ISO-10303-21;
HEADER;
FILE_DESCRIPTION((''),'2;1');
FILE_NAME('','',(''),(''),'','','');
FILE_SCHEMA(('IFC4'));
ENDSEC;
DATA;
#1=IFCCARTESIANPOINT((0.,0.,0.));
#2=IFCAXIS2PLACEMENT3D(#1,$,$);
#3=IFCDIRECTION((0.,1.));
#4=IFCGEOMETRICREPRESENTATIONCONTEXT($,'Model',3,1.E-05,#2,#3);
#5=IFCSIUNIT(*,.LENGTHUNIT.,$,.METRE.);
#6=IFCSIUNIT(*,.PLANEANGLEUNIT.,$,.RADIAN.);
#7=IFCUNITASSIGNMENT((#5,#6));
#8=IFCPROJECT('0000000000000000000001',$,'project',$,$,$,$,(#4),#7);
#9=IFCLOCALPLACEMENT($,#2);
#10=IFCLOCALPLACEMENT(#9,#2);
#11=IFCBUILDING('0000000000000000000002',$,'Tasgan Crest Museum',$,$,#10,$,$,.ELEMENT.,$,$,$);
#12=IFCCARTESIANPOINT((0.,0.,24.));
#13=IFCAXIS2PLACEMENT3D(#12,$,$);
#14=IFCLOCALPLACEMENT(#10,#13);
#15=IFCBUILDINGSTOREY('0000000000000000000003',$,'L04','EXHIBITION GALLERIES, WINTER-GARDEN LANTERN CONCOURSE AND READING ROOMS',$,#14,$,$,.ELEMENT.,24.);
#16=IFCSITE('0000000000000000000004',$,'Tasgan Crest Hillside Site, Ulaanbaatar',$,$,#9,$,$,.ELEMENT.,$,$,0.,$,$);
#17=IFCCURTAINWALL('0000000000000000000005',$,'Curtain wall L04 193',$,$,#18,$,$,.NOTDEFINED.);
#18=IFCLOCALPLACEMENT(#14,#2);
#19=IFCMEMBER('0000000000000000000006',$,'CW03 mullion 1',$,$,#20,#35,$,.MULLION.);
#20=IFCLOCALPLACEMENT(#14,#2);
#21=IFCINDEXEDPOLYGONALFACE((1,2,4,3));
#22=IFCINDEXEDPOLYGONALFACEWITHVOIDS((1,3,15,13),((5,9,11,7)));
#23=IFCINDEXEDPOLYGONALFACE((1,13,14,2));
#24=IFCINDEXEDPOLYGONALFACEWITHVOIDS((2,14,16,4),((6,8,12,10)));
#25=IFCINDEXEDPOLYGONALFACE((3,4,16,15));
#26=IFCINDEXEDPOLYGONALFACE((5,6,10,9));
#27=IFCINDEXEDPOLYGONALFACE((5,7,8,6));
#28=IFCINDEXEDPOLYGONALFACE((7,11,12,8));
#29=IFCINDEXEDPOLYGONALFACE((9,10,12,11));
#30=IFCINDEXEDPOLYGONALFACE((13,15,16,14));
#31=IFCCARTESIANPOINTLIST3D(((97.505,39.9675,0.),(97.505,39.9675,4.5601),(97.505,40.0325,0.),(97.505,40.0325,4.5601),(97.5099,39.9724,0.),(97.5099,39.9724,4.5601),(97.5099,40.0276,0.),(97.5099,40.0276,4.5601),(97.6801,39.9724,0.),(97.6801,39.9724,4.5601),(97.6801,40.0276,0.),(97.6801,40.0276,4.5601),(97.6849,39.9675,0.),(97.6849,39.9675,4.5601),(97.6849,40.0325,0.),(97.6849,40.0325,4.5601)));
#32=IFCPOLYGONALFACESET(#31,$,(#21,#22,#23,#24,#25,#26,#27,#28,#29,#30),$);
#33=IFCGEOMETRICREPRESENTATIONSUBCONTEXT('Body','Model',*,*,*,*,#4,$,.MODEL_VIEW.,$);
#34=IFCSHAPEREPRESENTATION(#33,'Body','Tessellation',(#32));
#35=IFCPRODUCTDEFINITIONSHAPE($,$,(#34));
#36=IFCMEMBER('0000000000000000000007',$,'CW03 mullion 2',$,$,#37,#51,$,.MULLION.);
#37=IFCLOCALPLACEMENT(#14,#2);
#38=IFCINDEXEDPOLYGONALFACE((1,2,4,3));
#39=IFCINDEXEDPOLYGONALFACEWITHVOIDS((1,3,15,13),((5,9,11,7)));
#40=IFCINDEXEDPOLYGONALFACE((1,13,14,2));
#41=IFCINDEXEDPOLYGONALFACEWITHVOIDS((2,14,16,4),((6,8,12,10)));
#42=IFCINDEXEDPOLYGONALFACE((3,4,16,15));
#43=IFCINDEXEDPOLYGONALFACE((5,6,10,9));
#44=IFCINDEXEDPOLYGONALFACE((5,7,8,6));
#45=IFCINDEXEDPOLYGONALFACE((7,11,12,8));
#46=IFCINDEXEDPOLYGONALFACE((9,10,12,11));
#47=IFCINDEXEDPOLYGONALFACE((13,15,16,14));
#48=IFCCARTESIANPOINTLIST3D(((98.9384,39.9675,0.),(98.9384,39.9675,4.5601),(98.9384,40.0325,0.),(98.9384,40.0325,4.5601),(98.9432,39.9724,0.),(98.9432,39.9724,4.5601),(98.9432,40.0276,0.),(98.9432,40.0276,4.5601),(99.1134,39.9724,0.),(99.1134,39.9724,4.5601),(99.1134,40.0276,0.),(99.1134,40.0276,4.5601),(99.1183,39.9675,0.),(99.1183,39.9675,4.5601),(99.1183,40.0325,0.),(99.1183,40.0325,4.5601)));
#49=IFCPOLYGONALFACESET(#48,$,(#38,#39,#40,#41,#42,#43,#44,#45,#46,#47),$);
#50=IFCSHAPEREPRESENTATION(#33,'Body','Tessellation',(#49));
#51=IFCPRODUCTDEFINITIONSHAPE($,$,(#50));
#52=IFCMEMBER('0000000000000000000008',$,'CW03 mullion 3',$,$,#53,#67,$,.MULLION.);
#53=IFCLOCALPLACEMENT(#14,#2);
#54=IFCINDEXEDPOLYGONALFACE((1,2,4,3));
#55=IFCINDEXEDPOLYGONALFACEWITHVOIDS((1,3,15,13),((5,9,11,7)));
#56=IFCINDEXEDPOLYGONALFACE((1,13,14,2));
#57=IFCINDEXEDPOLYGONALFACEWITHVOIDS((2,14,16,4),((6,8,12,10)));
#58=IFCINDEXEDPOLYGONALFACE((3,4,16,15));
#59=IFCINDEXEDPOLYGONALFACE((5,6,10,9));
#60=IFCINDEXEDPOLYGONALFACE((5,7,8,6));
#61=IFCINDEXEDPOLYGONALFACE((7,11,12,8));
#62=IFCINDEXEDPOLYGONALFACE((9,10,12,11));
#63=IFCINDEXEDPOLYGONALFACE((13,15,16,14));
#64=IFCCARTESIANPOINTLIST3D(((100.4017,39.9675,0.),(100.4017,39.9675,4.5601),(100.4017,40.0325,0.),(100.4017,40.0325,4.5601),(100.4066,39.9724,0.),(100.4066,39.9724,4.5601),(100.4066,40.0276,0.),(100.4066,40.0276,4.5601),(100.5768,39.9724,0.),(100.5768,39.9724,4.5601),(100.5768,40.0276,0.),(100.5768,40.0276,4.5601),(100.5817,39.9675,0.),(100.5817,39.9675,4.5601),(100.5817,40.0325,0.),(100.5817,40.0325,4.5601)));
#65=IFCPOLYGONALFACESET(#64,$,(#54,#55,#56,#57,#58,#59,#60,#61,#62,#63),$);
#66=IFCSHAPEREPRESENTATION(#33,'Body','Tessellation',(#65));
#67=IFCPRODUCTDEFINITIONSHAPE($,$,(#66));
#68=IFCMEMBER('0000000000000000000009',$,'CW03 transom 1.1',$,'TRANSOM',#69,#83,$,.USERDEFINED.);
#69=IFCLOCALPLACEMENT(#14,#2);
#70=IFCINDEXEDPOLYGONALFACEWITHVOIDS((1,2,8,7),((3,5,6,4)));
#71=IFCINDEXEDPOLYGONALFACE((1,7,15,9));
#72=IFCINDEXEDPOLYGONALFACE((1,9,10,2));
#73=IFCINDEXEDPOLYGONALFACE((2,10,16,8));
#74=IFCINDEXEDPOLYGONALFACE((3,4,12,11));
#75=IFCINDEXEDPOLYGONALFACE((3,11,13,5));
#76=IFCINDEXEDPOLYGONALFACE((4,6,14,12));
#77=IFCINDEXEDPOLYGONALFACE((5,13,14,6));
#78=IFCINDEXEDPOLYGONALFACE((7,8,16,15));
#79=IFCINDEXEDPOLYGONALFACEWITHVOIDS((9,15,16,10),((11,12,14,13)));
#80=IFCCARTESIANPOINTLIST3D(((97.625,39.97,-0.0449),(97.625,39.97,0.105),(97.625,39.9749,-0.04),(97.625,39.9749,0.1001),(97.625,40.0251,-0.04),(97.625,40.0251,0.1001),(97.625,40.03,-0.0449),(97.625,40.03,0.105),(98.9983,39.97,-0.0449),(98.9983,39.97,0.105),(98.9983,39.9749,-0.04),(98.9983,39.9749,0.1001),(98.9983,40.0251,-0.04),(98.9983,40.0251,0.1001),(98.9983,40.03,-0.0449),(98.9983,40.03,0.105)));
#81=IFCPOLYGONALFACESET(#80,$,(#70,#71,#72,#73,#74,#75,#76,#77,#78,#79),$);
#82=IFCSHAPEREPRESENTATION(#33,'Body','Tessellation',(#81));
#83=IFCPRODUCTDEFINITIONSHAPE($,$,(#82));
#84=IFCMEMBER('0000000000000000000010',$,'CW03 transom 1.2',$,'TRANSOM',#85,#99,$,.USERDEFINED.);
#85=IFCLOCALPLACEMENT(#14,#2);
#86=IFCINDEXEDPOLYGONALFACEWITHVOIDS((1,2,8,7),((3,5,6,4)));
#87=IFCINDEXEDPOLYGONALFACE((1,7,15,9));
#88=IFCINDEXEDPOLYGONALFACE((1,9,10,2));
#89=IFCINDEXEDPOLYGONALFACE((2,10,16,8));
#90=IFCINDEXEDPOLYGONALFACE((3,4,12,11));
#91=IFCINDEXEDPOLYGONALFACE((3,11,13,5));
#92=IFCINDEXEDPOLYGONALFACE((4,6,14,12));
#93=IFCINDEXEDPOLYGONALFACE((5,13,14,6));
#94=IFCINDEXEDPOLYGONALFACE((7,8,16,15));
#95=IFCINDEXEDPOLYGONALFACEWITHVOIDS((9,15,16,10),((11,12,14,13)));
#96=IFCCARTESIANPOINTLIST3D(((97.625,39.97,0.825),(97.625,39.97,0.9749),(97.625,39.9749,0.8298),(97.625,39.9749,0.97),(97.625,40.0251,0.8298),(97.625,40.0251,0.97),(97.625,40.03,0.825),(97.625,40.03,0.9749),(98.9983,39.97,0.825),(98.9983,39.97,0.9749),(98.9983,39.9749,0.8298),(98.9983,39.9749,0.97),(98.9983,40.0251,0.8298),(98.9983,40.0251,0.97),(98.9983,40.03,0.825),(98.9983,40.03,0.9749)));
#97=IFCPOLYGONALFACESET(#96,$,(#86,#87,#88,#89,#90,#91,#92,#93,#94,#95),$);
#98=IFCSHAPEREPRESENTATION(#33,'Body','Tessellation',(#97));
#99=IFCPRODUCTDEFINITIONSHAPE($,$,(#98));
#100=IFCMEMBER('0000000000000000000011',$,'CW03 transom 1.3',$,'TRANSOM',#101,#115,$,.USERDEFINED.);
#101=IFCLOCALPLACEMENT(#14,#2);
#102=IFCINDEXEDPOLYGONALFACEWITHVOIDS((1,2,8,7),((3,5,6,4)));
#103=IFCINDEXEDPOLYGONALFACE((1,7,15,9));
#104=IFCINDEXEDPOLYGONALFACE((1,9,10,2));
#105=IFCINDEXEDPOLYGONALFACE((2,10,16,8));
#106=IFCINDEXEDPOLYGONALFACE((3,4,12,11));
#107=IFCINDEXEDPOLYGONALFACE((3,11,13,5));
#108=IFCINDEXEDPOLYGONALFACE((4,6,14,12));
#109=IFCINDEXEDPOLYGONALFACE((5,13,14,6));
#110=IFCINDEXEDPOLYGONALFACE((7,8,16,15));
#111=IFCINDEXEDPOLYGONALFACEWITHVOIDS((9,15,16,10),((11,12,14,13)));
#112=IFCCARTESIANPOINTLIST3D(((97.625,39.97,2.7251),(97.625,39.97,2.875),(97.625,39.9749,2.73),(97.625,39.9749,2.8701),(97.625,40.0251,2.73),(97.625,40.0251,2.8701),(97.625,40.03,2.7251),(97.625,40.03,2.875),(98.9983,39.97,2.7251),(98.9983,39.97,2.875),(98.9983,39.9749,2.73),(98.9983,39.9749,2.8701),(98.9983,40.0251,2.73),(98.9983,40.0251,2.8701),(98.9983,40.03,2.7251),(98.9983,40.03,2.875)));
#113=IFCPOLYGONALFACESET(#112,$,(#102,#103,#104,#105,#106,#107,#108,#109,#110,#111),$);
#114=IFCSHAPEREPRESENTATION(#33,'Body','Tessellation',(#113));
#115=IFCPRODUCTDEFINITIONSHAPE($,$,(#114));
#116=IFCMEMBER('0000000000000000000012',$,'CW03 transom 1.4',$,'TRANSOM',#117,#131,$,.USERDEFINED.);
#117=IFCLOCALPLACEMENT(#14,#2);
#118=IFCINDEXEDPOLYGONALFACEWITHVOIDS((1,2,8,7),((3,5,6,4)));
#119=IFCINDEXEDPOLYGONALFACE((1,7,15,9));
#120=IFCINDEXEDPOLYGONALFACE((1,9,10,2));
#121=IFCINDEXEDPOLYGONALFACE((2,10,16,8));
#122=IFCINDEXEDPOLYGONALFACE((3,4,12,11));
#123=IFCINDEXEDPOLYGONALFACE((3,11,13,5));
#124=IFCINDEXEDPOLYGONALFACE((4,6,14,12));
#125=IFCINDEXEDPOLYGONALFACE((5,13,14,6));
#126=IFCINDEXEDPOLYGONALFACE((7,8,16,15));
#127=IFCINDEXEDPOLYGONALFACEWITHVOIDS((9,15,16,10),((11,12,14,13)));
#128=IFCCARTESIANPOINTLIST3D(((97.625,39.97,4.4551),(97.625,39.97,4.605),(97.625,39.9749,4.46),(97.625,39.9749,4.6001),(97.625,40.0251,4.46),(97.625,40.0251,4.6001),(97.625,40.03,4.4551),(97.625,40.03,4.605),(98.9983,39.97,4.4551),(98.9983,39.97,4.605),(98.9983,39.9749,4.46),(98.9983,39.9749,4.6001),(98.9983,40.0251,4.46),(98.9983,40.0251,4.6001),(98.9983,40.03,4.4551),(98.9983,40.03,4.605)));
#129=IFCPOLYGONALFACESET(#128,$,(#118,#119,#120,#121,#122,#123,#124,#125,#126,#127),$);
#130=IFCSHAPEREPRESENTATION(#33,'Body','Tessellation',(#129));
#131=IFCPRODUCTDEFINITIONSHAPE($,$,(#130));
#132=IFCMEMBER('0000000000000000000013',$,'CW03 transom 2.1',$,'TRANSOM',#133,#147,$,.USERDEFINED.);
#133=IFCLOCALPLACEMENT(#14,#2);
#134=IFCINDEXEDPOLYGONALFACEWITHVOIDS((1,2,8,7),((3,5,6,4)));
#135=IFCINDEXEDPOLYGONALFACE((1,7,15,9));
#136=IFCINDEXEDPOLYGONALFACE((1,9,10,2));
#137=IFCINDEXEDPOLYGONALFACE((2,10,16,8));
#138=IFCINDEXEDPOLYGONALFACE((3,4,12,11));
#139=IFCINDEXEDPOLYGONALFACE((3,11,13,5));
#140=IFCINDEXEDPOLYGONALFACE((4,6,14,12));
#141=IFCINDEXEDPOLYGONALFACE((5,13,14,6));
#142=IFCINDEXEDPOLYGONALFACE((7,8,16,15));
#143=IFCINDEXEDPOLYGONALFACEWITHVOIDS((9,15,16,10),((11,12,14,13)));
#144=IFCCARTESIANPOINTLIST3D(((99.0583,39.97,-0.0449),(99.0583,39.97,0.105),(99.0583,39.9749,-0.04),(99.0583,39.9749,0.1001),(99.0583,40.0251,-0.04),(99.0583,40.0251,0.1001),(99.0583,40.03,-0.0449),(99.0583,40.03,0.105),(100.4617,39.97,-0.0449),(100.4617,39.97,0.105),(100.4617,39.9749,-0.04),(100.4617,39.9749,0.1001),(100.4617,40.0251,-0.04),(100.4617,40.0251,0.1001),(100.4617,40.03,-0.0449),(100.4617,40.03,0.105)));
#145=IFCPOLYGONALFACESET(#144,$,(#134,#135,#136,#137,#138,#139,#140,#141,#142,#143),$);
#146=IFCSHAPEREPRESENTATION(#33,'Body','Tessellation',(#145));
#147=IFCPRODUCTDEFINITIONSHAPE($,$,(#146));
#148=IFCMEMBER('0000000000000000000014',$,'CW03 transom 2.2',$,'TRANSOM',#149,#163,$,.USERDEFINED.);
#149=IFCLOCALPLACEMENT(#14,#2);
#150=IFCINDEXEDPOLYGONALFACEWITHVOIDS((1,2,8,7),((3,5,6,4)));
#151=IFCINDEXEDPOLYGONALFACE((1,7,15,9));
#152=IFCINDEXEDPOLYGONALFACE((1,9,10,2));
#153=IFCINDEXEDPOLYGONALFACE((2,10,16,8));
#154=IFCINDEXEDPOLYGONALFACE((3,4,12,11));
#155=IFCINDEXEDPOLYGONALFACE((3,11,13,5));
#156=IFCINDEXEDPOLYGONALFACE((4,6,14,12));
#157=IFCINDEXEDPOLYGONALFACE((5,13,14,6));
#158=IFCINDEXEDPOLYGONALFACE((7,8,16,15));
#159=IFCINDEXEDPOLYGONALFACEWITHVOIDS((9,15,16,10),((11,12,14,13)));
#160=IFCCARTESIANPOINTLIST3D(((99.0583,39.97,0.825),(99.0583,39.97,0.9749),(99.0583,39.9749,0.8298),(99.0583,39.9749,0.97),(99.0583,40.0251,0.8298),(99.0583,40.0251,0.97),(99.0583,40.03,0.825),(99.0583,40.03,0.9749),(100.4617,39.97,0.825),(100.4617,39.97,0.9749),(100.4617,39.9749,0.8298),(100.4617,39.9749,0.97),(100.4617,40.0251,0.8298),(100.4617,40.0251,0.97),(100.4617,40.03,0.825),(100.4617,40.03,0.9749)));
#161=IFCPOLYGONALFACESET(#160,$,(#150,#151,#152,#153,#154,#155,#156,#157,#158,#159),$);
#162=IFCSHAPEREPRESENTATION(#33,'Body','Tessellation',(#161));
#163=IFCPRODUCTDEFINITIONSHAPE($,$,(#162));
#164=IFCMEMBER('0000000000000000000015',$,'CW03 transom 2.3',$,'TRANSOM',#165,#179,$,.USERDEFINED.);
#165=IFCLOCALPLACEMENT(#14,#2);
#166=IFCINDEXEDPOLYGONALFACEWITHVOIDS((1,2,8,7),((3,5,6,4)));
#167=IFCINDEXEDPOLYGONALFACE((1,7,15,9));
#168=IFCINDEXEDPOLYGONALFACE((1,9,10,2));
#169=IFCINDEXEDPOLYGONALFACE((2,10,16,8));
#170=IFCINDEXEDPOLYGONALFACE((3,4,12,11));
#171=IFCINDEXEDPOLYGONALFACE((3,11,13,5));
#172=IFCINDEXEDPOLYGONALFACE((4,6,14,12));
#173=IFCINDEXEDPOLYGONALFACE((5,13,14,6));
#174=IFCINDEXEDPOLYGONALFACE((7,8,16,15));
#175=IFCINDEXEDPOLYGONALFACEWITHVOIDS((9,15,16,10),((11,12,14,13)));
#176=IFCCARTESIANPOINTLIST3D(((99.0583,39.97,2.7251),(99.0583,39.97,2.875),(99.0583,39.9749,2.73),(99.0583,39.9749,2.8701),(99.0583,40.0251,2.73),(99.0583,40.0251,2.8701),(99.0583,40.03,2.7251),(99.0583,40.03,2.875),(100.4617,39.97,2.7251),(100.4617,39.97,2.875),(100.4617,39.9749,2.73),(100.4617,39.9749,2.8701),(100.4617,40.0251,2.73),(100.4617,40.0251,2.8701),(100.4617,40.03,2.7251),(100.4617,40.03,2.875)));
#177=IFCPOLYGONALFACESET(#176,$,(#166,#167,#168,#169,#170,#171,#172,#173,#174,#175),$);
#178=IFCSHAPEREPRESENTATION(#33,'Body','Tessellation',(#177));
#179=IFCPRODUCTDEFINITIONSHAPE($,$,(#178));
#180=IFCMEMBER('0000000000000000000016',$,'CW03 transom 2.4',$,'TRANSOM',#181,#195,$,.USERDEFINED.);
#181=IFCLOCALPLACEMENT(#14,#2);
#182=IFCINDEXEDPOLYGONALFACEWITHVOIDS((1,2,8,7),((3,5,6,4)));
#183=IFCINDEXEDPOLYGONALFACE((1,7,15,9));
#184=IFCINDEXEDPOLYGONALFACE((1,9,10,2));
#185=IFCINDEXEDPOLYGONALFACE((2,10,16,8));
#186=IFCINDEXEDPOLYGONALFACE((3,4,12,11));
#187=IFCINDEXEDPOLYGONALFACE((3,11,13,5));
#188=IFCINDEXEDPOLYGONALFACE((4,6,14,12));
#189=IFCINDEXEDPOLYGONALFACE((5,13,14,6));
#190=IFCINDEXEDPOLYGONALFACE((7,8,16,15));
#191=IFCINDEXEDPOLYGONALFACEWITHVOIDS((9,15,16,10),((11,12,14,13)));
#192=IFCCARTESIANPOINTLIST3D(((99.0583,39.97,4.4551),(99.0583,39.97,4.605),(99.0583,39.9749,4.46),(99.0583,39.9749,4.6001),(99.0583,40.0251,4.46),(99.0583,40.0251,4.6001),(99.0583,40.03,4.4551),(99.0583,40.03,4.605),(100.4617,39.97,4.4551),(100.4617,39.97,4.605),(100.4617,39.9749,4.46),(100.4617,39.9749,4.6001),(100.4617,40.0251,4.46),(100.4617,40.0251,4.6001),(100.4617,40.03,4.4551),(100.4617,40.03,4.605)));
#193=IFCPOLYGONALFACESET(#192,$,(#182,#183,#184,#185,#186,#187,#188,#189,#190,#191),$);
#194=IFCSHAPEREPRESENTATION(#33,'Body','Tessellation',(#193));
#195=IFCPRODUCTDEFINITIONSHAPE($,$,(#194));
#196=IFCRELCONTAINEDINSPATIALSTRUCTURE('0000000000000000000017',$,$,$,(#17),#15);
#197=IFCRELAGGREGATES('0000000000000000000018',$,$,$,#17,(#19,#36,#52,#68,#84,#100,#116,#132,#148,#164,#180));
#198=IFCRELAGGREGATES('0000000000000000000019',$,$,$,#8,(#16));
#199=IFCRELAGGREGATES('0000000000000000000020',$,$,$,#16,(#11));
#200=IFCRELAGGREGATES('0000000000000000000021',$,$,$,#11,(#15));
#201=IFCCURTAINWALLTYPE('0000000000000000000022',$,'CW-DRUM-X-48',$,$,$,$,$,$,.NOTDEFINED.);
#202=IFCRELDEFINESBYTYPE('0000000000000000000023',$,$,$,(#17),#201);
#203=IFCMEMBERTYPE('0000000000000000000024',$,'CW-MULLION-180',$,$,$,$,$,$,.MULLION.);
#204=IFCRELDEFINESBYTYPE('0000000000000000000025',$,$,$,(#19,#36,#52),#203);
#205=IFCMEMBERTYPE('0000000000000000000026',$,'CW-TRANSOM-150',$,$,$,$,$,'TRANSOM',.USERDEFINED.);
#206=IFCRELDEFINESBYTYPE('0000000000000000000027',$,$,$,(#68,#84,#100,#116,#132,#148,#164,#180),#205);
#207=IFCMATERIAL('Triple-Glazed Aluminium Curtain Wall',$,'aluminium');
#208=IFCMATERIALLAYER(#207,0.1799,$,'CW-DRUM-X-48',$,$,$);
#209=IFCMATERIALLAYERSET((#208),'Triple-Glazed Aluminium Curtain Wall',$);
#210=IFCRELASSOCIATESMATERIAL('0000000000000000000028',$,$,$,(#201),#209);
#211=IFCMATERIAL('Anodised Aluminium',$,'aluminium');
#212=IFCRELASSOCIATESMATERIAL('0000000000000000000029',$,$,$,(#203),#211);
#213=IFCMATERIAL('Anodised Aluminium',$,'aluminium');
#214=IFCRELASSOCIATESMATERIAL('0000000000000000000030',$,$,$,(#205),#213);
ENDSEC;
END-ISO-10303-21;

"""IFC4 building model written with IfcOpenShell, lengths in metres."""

from ifc_helpers import new_model, si_unit, direction, frame, origin, origin_2d, place, context, subcontext, project, spatial, hollow_rectangle, extrude, material, layer, layer_set, material_profile, profile_set, type_object, element, aggregate, save


model = new_model("IFC4")

# Units and contexts
model_context = context("Model", 3, precision=1e-05, world=origin(), true_north=direction((0.0, 1.0)))
body_context = subcontext(model_context, "Body", "Model", "MODEL_VIEW")
ifc_project = project(units=[si_unit("LENGTHUNIT", "METRE"), si_unit("PLANEANGLEUNIT", "RADIAN")], contexts=[model_context])

# Site, building, storey
site_placement = place(None, origin())
site = spatial("IfcSite", under=ifc_project, at=site_placement, Name="Tasgan Crest Hillside Site, Ulaanbaatar", CompositionType="ELEMENT", RefElevation=0.0)
building_placement = place(site_placement, origin())
building = spatial("IfcBuilding", under=site, at=building_placement, Name="Tasgan Crest Museum", CompositionType="ELEMENT")
storey_placement = place(building_placement, frame((0.0, 0.0, 24.0)))
storey = spatial("IfcBuildingStorey", under=building, at=storey_placement, Name="L04", Description="EXHIBITION GALLERIES, WINTER-GARDEN LANTERN CONCOURSE AND READING ROOMS", CompositionType="ELEMENT", Elevation=24.0)

# Shared definitions
ifc_material_1 = material(Name="Triple-Glazed Aluminium Curtain Wall", Category="aluminium")
ifc_layer_1 = layer(ifc_material_1, 0.1799, Name="CW-DRUM-X-48")
ifc_layer_set_1 = layer_set([ifc_layer_1], Name="Triple-Glazed Aluminium Curtain Wall")
curtain_wall_type = type_object("IfcCurtainWallType", Name="CW-DRUM-X-48", PredefinedType="NOTDEFINED", material=ifc_layer_set_1)
ifc_material_2 = material(Name="Anodised Aluminium", Category="aluminium")
ifc_material_profile_1 = material_profile(ifc_material_2, hollow_rectangle(XDim=0.0649, YDim=0.1799, WallThickness=0.0049, at=origin_2d()), Name="ALU MULLION 180x65x5")
ifc_profile_set_1 = profile_set([ifc_material_profile_1], Name="Anodised Aluminium")
member_type_1 = type_object("IfcMemberType", Name="CW-MULLION-180", PredefinedType="MULLION", material=ifc_profile_set_1)

# Curtain wall, members
curtain_wall_1_placement = place(storey_placement, origin())
curtain_wall_1 = element("IfcCurtainWall", 1, at=curtain_wall_1_placement, inside=storey, type_object=curtain_wall_type, Name="Curtain wall L04 193", PredefinedType="NOTDEFINED")
member_1_placement = place(storey_placement, frame((97.595, 40.0, 0.0), z_axis=(0.0, 0.0, 1.0), x_axis=(0.0, 1.0, 0.0)))
member_1 = element("IfcMember", 2, at=member_1_placement, type_object=member_type_1, Name="CW03 mullion 1", PredefinedType="MULLION", context=body_context, shape_type="SweptSolid", body=[
    extrude(hollow_rectangle(XDim=0.0649, YDim=0.1799, WallThickness=0.0049, at=origin_2d()), origin(), (0.0, 0.0, 1.0), 4.5601),
])
member_2_placement = place(storey_placement, frame((99.0283, 40.0, 0.0), z_axis=(0.0, 0.0, 1.0), x_axis=(0.0, 1.0, 0.0)))
member_2 = element("IfcMember", 3, at=member_2_placement, type_object=member_type_1, Name="CW03 mullion 2", PredefinedType="MULLION", context=body_context, shape_type="SweptSolid", body=[
    extrude(hollow_rectangle(XDim=0.0649, YDim=0.1799, WallThickness=0.0049, at=origin_2d()), origin(), (0.0, 0.0, 1.0), 4.5601),
])
member_3_placement = place(storey_placement, frame((100.4917, 40.0, 0.0), z_axis=(0.0, 0.0, 1.0), x_axis=(0.0, 1.0, 0.0)))
member_3 = element("IfcMember", 4, at=member_3_placement, type_object=member_type_1, Name="CW03 mullion 3", PredefinedType="MULLION", context=body_context, shape_type="SweptSolid", body=[
    extrude(hollow_rectangle(XDim=0.0649, YDim=0.1799, WallThickness=0.0049, at=origin_2d()), origin(), (0.0, 0.0, 1.0), 4.5601),
])
ifc_material_3 = material(Name="Anodised Aluminium", Category="aluminium")
ifc_material_profile_2 = material_profile(ifc_material_3, hollow_rectangle(XDim=0.0601, YDim=0.1499, WallThickness=0.0049, at=origin_2d()), Name="ALU TRANSOM 150x60x5")
ifc_profile_set_2 = profile_set([ifc_material_profile_2], Name="Anodised Aluminium")
member_type_2 = type_object("IfcMemberType", Name="CW-TRANSOM-150", ElementType="TRANSOM", PredefinedType="USERDEFINED", material=ifc_profile_set_2)
member_4_placement = place(storey_placement, frame((97.625, 40.0, 0.03), z_axis=(1.0, 0.0, 0.0), x_axis=(0.0, 1.0, 0.0)))
member_4 = element("IfcMember", 5, at=member_4_placement, type_object=member_type_2, Name="CW03 transom 1.1", ObjectType="TRANSOM", PredefinedType="USERDEFINED", context=body_context, shape_type="SweptSolid", body=[
    extrude(hollow_rectangle(XDim=0.0601, YDim=0.1499, WallThickness=0.0049, at=origin_2d()), origin(), (0.0, 0.0, 1.0), 1.3733),
])
member_5_placement = place(storey_placement, frame((97.625, 40.0, 0.8999), z_axis=(1.0, 0.0, 0.0), x_axis=(0.0, 1.0, 0.0)))
member_5 = element("IfcMember", 6, at=member_5_placement, type_object=member_type_2, Name="CW03 transom 1.2", ObjectType="TRANSOM", PredefinedType="USERDEFINED", context=body_context, shape_type="SweptSolid", body=[
    extrude(hollow_rectangle(XDim=0.0601, YDim=0.1499, WallThickness=0.0049, at=origin_2d()), origin(), (0.0, 0.0, 1.0), 1.3733),
])
member_6_placement = place(storey_placement, frame((97.625, 40.0, 2.8), z_axis=(1.0, 0.0, 0.0), x_axis=(0.0, 1.0, 0.0)))
member_6 = element("IfcMember", 7, at=member_6_placement, type_object=member_type_2, Name="CW03 transom 1.3", ObjectType="TRANSOM", PredefinedType="USERDEFINED", context=body_context, shape_type="SweptSolid", body=[
    extrude(hollow_rectangle(XDim=0.0601, YDim=0.1499, WallThickness=0.0049, at=origin_2d()), origin(), (0.0, 0.0, 1.0), 1.3733),
])
member_7_placement = place(storey_placement, frame((97.625, 40.0, 4.53), z_axis=(1.0, 0.0, 0.0), x_axis=(0.0, 1.0, 0.0)))
member_7 = element("IfcMember", 8, at=member_7_placement, type_object=member_type_2, Name="CW03 transom 1.4", ObjectType="TRANSOM", PredefinedType="USERDEFINED", context=body_context, shape_type="SweptSolid", body=[
    extrude(hollow_rectangle(XDim=0.0601, YDim=0.1499, WallThickness=0.0049, at=origin_2d()), origin(), (0.0, 0.0, 1.0), 1.3733),
])
member_8_placement = place(storey_placement, frame((99.0583, 40.0, 0.03), z_axis=(1.0, 0.0, 0.0), x_axis=(0.0, 1.0, 0.0)))
member_8 = element("IfcMember", 9, at=member_8_placement, type_object=member_type_2, Name="CW03 transom 2.1", ObjectType="TRANSOM", PredefinedType="USERDEFINED", context=body_context, shape_type="SweptSolid", body=[
    extrude(hollow_rectangle(XDim=0.0601, YDim=0.1499, WallThickness=0.0049, at=origin_2d()), origin(), (0.0, 0.0, 1.0), 1.4033),
])
member_9_placement = place(storey_placement, frame((99.0583, 40.0, 0.8999), z_axis=(1.0, 0.0, 0.0), x_axis=(0.0, 1.0, 0.0)))
member_9 = element("IfcMember", 10, at=member_9_placement, type_object=member_type_2, Name="CW03 transom 2.2", ObjectType="TRANSOM", PredefinedType="USERDEFINED", context=body_context, shape_type="SweptSolid", body=[
    extrude(hollow_rectangle(XDim=0.0601, YDim=0.1499, WallThickness=0.0049, at=origin_2d()), origin(), (0.0, 0.0, 1.0), 1.4033),
])
member_10_placement = place(storey_placement, frame((99.0583, 40.0, 2.8), z_axis=(1.0, 0.0, 0.0), x_axis=(0.0, 1.0, 0.0)))
member_10 = element("IfcMember", 11, at=member_10_placement, type_object=member_type_2, Name="CW03 transom 2.3", ObjectType="TRANSOM", PredefinedType="USERDEFINED", context=body_context, shape_type="SweptSolid", body=[
    extrude(hollow_rectangle(XDim=0.0601, YDim=0.1499, WallThickness=0.0049, at=origin_2d()), origin(), (0.0, 0.0, 1.0), 1.4033),
])
member_11_placement = place(storey_placement, frame((99.0583, 40.0, 4.53), z_axis=(1.0, 0.0, 0.0), x_axis=(0.0, 1.0, 0.0)))
member_11 = element("IfcMember", 12, at=member_11_placement, type_object=member_type_2, Name="CW03 transom 2.4", ObjectType="TRANSOM", PredefinedType="USERDEFINED", context=body_context, shape_type="SweptSolid", body=[
    extrude(hollow_rectangle(XDim=0.0601, YDim=0.1499, WallThickness=0.0049, at=origin_2d()), origin(), (0.0, 0.0, 1.0), 1.4033),
])

aggregate(curtain_wall_1, [member_1, member_2, member_3, member_4, member_5, member_6, member_7, member_8, member_9, member_10, member_11])

save(model, "model.ifc")
